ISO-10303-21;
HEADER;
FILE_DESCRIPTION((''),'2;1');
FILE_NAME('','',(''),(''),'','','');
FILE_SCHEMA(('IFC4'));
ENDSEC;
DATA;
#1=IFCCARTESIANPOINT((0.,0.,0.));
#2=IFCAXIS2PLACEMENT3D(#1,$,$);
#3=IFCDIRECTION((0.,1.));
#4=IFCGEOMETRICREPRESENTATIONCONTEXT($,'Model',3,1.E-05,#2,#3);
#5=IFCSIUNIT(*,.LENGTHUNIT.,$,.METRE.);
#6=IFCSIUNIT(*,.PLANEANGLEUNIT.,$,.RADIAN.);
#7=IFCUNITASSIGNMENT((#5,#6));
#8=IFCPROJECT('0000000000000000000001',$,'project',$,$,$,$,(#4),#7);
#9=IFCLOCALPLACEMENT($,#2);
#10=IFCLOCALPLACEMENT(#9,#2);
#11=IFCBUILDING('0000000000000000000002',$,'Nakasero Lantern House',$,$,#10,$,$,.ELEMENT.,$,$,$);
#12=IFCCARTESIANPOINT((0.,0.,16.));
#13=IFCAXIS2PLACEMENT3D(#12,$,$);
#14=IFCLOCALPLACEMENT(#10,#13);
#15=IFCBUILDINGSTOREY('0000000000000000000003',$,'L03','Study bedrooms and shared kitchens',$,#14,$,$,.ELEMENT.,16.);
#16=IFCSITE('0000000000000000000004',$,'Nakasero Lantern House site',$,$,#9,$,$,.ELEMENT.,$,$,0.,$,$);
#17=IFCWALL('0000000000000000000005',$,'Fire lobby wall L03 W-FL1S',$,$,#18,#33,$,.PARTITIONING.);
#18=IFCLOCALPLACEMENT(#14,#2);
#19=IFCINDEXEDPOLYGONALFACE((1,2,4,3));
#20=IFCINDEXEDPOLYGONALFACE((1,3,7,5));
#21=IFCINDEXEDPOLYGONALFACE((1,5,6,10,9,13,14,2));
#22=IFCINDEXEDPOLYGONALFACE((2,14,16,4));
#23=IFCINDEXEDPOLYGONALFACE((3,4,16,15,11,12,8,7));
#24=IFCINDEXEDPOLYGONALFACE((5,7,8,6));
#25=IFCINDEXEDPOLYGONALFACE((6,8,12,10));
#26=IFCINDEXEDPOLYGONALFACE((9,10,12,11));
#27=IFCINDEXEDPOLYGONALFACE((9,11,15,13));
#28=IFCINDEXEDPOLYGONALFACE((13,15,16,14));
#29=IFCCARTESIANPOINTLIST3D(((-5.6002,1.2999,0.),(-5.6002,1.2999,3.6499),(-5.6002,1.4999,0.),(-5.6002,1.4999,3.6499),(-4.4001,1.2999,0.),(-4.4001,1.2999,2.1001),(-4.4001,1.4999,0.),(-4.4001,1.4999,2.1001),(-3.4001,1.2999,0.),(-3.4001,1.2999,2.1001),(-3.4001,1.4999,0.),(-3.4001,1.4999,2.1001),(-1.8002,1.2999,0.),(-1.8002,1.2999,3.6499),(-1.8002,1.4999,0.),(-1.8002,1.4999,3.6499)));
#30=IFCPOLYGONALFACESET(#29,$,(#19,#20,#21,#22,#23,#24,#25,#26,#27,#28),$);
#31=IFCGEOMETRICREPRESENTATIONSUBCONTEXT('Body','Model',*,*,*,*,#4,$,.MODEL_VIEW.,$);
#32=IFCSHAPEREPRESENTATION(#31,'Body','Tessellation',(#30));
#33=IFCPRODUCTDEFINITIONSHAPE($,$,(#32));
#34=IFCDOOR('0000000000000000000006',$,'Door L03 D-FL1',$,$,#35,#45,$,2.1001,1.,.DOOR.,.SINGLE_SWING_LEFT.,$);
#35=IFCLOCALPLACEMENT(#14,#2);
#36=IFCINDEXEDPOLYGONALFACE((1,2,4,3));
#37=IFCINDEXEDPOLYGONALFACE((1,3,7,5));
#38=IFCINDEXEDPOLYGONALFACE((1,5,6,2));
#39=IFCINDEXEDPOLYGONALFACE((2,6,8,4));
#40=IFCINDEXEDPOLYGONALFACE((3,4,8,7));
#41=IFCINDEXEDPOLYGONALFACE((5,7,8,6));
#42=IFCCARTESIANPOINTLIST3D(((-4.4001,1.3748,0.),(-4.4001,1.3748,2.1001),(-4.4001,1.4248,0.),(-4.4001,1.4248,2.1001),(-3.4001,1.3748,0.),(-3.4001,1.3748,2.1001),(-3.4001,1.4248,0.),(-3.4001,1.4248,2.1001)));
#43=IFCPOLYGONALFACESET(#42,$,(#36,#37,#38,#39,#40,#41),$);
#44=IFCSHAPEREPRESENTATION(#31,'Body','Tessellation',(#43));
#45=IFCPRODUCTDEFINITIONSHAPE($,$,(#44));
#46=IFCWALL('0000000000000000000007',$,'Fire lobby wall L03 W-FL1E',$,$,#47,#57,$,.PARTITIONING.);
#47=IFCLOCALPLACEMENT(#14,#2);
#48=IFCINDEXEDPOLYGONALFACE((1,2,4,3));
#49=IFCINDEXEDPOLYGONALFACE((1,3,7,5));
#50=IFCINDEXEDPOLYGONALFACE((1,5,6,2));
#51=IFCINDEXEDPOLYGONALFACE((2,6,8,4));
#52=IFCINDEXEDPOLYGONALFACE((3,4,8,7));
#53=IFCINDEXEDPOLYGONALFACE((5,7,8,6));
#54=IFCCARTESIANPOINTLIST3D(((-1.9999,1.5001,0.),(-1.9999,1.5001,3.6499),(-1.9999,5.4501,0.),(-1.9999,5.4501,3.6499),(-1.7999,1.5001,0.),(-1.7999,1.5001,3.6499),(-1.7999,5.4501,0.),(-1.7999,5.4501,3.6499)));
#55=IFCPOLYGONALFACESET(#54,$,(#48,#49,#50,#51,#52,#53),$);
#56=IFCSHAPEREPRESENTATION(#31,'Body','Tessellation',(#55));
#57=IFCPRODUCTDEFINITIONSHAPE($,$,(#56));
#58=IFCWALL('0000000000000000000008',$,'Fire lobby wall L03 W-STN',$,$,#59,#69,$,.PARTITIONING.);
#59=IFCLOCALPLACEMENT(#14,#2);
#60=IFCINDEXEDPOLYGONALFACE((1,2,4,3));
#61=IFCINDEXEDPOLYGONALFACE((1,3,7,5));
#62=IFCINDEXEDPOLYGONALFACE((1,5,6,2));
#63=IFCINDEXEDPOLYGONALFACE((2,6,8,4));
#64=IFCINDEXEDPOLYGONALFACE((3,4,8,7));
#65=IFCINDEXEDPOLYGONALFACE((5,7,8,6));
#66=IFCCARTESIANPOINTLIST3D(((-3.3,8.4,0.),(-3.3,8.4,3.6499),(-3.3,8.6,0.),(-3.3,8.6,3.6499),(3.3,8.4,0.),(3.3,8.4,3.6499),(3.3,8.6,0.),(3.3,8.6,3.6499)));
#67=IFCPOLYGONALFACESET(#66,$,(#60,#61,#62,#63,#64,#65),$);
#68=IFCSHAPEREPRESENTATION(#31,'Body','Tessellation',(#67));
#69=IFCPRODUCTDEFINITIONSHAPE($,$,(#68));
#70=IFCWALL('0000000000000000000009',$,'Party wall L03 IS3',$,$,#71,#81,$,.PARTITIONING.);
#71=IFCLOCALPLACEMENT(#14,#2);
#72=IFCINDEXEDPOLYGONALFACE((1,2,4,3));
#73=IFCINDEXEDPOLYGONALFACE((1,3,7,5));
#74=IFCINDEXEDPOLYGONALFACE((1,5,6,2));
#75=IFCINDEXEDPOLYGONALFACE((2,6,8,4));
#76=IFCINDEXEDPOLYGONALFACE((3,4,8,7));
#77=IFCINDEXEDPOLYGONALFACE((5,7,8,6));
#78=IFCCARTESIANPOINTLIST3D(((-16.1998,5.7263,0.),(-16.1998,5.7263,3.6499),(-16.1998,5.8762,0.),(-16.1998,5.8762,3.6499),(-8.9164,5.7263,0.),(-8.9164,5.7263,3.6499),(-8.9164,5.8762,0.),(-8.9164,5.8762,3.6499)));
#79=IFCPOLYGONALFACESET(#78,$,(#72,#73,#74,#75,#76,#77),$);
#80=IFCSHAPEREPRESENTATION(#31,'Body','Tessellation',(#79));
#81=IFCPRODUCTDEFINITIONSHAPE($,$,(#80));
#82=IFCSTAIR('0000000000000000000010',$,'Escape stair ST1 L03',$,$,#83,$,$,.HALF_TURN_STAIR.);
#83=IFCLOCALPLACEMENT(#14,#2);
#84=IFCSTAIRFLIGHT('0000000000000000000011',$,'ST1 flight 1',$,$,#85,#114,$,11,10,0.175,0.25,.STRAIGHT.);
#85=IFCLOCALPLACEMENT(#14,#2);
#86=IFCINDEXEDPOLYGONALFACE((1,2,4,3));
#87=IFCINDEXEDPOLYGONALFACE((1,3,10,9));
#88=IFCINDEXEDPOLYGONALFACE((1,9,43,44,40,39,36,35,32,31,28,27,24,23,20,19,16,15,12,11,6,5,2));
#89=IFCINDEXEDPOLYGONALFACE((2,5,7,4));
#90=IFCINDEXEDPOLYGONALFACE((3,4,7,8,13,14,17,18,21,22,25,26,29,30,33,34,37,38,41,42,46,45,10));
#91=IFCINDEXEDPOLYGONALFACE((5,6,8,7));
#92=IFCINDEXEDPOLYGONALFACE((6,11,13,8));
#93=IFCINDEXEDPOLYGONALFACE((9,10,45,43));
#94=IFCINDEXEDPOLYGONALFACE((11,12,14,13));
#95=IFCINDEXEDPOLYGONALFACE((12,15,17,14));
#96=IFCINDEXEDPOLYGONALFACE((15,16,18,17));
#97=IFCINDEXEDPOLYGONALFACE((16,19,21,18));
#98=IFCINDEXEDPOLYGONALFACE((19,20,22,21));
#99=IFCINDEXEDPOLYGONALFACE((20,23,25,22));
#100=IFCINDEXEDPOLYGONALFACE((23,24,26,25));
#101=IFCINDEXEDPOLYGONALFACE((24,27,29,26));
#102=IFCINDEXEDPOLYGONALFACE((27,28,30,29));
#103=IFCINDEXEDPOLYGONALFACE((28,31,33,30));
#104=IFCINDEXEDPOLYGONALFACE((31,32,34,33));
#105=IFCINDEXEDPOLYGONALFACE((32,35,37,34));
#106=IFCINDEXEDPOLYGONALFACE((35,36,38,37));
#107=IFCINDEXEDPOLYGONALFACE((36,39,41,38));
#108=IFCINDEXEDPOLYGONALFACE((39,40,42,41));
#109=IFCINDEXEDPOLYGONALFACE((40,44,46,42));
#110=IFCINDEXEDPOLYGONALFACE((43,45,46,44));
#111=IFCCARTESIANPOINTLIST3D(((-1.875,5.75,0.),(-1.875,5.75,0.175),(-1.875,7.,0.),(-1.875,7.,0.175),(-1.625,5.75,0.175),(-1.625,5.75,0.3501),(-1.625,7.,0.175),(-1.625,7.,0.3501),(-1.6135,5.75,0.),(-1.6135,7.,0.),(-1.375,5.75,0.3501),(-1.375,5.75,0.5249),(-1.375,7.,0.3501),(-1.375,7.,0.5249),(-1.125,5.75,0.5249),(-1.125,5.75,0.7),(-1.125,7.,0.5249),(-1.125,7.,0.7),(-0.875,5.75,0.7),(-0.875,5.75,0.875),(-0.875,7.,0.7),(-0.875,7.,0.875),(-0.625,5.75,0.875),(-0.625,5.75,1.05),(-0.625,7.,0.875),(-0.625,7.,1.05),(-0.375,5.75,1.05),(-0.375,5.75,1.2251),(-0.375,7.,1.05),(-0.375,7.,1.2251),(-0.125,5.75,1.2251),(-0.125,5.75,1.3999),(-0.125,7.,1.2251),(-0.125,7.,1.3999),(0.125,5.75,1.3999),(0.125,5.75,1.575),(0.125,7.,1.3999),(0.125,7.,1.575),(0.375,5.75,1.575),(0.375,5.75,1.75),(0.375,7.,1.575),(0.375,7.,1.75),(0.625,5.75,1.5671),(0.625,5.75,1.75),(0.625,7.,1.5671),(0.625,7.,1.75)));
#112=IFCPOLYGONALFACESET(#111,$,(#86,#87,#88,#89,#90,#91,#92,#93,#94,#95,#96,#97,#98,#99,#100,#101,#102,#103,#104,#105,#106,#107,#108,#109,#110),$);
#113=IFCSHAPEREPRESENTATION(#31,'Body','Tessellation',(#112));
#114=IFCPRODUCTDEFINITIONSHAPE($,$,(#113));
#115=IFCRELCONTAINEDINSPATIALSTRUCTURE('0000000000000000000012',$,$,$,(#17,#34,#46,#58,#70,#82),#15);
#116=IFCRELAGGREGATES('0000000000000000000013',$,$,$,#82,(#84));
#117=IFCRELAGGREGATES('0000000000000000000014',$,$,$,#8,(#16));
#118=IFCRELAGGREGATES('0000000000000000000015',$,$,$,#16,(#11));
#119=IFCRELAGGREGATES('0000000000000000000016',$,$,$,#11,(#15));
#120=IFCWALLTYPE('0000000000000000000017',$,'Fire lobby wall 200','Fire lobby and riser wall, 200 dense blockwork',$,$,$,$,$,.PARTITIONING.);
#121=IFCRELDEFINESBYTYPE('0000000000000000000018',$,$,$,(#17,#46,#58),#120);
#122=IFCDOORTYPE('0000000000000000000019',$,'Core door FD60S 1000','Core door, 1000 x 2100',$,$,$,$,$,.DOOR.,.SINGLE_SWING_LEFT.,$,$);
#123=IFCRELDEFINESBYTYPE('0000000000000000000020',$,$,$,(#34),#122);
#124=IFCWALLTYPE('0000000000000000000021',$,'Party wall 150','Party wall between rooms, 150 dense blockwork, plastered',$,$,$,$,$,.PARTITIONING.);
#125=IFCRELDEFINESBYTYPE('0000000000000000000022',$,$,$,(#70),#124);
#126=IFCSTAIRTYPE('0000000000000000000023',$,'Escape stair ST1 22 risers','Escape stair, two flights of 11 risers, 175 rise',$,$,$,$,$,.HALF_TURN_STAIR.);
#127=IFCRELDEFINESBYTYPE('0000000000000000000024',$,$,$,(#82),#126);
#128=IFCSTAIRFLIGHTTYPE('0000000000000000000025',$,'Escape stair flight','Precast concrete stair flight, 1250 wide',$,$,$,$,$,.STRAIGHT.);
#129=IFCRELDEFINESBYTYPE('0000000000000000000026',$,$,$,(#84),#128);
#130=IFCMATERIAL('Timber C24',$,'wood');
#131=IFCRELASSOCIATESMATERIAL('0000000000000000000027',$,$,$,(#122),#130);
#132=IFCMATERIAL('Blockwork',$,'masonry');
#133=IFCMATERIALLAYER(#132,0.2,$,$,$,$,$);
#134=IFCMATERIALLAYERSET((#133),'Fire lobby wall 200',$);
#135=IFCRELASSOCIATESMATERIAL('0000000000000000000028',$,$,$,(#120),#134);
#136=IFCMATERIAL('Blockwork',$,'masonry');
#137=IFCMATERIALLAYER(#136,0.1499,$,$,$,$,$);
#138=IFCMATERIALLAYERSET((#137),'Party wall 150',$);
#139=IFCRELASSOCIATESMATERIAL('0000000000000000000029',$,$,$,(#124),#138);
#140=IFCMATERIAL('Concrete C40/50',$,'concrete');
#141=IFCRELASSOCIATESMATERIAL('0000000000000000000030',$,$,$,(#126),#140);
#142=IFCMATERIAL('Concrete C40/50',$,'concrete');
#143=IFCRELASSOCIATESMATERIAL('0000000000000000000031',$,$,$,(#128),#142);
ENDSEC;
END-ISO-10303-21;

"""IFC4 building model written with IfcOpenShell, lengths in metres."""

from ifc_helpers import new_model, si_unit, direction, frame, frame_2d, origin, place, context, subcontext, project, spatial, polyline, rectangle, outline, extrude, material, layer, layer_set, type_object, element, fill, aggregate, save


model = new_model("IFC4")

# Units and contexts
model_context = context("Model", 3, precision=1e-05, world=origin(), true_north=direction((0.0, 1.0)))
body_context = subcontext(model_context, "Body", "Model", "MODEL_VIEW")
ifc_project = project(units=[si_unit("LENGTHUNIT", "METRE"), si_unit("PLANEANGLEUNIT", "RADIAN")], contexts=[model_context])

# Site, building, storey
site_placement = place(None, origin())
site = spatial("IfcSite", under=ifc_project, at=site_placement, Name="Nakasero Lantern House site", CompositionType="ELEMENT", RefElevation=0.0)
building_placement = place(site_placement, origin())
building = spatial("IfcBuilding", under=site, at=building_placement, Name="Nakasero Lantern House", CompositionType="ELEMENT")
storey_placement = place(building_placement, frame((0.0, 0.0, 16.0)))
storey = spatial("IfcBuildingStorey", under=building, at=storey_placement, Name="L03", Description="Study bedrooms and shared kitchens", CompositionType="ELEMENT", Elevation=16.0)

# Shared definitions
ifc_material_1 = material(Name="Timber C24", Category="wood")
door_type_1 = type_object("IfcDoorType", Name="Core door FD60S 1000", Description="Core door, 1000 x 2100", OperationType="SINGLE_SWING_LEFT", PredefinedType="DOOR", material=ifc_material_1)

# Wall, opening, door
ifc_material_2 = material(Name="Blockwork", Category="masonry")
ifc_layer_1 = layer(ifc_material_2, 0.2)
ifc_layer_set_1 = layer_set([ifc_layer_1], Name="Fire lobby wall 200")
wall_type_1 = type_object("IfcWallType", Name="Fire lobby wall 200", Description="Fire lobby and riser wall, 200 dense blockwork", PredefinedType="PARTITIONING", material=ifc_layer_set_1)
wall_1_placement = place(storey_placement, frame((-5.6001, 1.3999, 0.0), z_axis=(0.0, 0.0, 1.0), x_axis=(1.0, 0.0, 0.0)))
wall_1 = element("IfcWall", 1, at=wall_1_placement, inside=storey, type_object=wall_type_1, Name="Fire lobby wall L03 W-FL1S", PredefinedType="PARTITIONING", context=body_context, shape_type="SweptSolid", body=[
    extrude(rectangle(XDim=3.8, YDim=0.2, at=frame_2d((1.8999, 0.0))), origin(), (0.0, 0.0, 1.0), 3.6499),
])
opening_1_placement = place(wall_1_placement, frame((1.2, 0.0, 0.0)))
opening_1 = element("IfcOpeningElement", 2, at=opening_1_placement, cuts=wall_1, PredefinedType="OPENING", context=body_context, shape_type="SweptSolid", body=[
    extrude(rectangle(XDim=1.0, YDim=2.1001, at=frame_2d((0.5, 1.05))), frame((0.0, 0.1199, 0.0), z_axis=(0.0, -1.0, 0.0), x_axis=(1.0, 0.0, 0.0)), (0.0, 0.0, 1.0), 0.24),
])
door_1_placement = place(opening_1_placement, origin())
door_1 = element("IfcDoor", 3, at=door_1_placement, inside=storey, type_object=door_type_1, Name="Door L03 D-FL1", OperationType="SINGLE_SWING_LEFT", OverallHeight=2.1001, OverallWidth=1.0, PredefinedType="DOOR", context=body_context, shape_type="SweptSolid", body=[
    extrude(rectangle(XDim=1.0, YDim=2.1001, at=frame_2d((0.5, 1.05))), frame((0.0, 0.0249, 0.0), z_axis=(0.0, -1.0, 0.0), x_axis=(1.0, 0.0, 0.0)), (0.0, 0.0, 1.0), 0.05),
])
fill(opening_1, door_1)

# Walls
wall_2_placement = place(storey_placement, frame((-1.8999, 1.5, 0.0), z_axis=(0.0, 0.0, 1.0), x_axis=(0.0, 1.0, 0.0)))
element("IfcWall", 4, at=wall_2_placement, inside=storey, type_object=wall_type_1, Name="Fire lobby wall L03 W-FL1E", PredefinedType="PARTITIONING", context=body_context, shape_type="SweptSolid", body=[
    extrude(rectangle(XDim=3.95, YDim=0.2, at=frame_2d((1.9751, 0.0))), origin(), (0.0, 0.0, 1.0), 3.6499),
])
wall_3_placement = place(storey_placement, frame((-3.3, 8.5, 0.0), z_axis=(0.0, 0.0, 1.0), x_axis=(1.0, 0.0, 0.0)))
element("IfcWall", 5, at=wall_3_placement, inside=storey, type_object=wall_type_1, Name="Fire lobby wall L03 W-STN", PredefinedType="PARTITIONING", context=body_context, shape_type="SweptSolid", body=[
    extrude(rectangle(XDim=6.6001, YDim=0.2, at=frame_2d((3.3, 0.0))), origin(), (0.0, 0.0, 1.0), 3.6499),
])
ifc_material_3 = material(Name="Blockwork", Category="masonry")
ifc_layer_2 = layer(ifc_material_3, 0.1499)
ifc_layer_set_2 = layer_set([ifc_layer_2], Name="Party wall 150")
wall_type_2 = type_object("IfcWallType", Name="Party wall 150", Description="Party wall between rooms, 150 dense blockwork, plastered", PredefinedType="PARTITIONING", material=ifc_layer_set_2)
wall_4_placement = place(storey_placement, frame((-8.9165, 5.8013, 0.0), z_axis=(0.0, 0.0, 1.0), x_axis=(-1.0, 0.0, 0.0)))
element("IfcWall", 6, at=wall_4_placement, inside=storey, type_object=wall_type_2, Name="Party wall L03 IS3", PredefinedType="PARTITIONING", context=body_context, shape_type="SweptSolid", body=[
    extrude(rectangle(XDim=7.2834, YDim=0.1499, at=frame_2d((3.6416, 0.0))), origin(), (0.0, 0.0, 1.0), 3.6499),
])

# Stair, stair flight
ifc_material_4 = material(Name="Concrete C40/50", Category="concrete")
stair_type = type_object("IfcStairType", Name="Escape stair ST1 22 risers", Description="Escape stair, two flights of 11 risers, 175 rise", PredefinedType="HALF_TURN_STAIR", material=ifc_material_4)
stair_placement = place(storey_placement, origin())
stair = element("IfcStair", 7, at=stair_placement, inside=storey, type_object=stair_type, Name="Escape stair ST1 L03", PredefinedType="HALF_TURN_STAIR")
ifc_material_5 = material(Name="Concrete C40/50", Category="concrete")
stair_flight_type = type_object("IfcStairFlightType", Name="Escape stair flight", Description="Precast concrete stair flight, 1250 wide", PredefinedType="STRAIGHT", material=ifc_material_5)
stair_flight_placement = place(storey_placement, frame((-1.875, 6.375, 0.0), z_axis=(0.0, 0.0, 1.0), x_axis=(1.0, 0.0, 0.0)))
stair_flight = element("IfcStairFlight", 8, at=stair_flight_placement, type_object=stair_flight_type, Name="ST1 flight 1", NumberOfRisers=11, NumberOfTreads=10, PredefinedType="STRAIGHT", RiserHeight=0.175, TreadLength=0.25, context=body_context, shape_type="SweptSolid", body=[
    extrude(outline(polyline([(0.0, 0.0), (0.0, 0.175), (0.25, 0.175), (0.25, 0.3501), (0.5, 0.3501), (0.5, 0.5249), (0.75, 0.5249), (0.75, 0.7), (1.0, 0.7), (1.0, 0.875), (1.25, 0.875), (1.25, 1.05), (1.5, 1.05), (1.5, 1.2251), (1.75, 1.2251), (1.75, 1.3999), (2.0, 1.3999), (2.0, 1.575), (2.25, 1.575), (2.25, 1.75), (2.5, 1.75), (2.5, 1.925), (2.5, 1.5671), (0.2615, 0.0), (0.0, 0.0)])), frame((0.0, 0.625, 0.0), z_axis=(0.0, -1.0, 0.0), x_axis=(1.0, 0.0, 0.0)), (0.0, 0.0, 1.0), 1.25),
])
aggregate(stair, [stair_flight])

save(model, "model.ifc")
